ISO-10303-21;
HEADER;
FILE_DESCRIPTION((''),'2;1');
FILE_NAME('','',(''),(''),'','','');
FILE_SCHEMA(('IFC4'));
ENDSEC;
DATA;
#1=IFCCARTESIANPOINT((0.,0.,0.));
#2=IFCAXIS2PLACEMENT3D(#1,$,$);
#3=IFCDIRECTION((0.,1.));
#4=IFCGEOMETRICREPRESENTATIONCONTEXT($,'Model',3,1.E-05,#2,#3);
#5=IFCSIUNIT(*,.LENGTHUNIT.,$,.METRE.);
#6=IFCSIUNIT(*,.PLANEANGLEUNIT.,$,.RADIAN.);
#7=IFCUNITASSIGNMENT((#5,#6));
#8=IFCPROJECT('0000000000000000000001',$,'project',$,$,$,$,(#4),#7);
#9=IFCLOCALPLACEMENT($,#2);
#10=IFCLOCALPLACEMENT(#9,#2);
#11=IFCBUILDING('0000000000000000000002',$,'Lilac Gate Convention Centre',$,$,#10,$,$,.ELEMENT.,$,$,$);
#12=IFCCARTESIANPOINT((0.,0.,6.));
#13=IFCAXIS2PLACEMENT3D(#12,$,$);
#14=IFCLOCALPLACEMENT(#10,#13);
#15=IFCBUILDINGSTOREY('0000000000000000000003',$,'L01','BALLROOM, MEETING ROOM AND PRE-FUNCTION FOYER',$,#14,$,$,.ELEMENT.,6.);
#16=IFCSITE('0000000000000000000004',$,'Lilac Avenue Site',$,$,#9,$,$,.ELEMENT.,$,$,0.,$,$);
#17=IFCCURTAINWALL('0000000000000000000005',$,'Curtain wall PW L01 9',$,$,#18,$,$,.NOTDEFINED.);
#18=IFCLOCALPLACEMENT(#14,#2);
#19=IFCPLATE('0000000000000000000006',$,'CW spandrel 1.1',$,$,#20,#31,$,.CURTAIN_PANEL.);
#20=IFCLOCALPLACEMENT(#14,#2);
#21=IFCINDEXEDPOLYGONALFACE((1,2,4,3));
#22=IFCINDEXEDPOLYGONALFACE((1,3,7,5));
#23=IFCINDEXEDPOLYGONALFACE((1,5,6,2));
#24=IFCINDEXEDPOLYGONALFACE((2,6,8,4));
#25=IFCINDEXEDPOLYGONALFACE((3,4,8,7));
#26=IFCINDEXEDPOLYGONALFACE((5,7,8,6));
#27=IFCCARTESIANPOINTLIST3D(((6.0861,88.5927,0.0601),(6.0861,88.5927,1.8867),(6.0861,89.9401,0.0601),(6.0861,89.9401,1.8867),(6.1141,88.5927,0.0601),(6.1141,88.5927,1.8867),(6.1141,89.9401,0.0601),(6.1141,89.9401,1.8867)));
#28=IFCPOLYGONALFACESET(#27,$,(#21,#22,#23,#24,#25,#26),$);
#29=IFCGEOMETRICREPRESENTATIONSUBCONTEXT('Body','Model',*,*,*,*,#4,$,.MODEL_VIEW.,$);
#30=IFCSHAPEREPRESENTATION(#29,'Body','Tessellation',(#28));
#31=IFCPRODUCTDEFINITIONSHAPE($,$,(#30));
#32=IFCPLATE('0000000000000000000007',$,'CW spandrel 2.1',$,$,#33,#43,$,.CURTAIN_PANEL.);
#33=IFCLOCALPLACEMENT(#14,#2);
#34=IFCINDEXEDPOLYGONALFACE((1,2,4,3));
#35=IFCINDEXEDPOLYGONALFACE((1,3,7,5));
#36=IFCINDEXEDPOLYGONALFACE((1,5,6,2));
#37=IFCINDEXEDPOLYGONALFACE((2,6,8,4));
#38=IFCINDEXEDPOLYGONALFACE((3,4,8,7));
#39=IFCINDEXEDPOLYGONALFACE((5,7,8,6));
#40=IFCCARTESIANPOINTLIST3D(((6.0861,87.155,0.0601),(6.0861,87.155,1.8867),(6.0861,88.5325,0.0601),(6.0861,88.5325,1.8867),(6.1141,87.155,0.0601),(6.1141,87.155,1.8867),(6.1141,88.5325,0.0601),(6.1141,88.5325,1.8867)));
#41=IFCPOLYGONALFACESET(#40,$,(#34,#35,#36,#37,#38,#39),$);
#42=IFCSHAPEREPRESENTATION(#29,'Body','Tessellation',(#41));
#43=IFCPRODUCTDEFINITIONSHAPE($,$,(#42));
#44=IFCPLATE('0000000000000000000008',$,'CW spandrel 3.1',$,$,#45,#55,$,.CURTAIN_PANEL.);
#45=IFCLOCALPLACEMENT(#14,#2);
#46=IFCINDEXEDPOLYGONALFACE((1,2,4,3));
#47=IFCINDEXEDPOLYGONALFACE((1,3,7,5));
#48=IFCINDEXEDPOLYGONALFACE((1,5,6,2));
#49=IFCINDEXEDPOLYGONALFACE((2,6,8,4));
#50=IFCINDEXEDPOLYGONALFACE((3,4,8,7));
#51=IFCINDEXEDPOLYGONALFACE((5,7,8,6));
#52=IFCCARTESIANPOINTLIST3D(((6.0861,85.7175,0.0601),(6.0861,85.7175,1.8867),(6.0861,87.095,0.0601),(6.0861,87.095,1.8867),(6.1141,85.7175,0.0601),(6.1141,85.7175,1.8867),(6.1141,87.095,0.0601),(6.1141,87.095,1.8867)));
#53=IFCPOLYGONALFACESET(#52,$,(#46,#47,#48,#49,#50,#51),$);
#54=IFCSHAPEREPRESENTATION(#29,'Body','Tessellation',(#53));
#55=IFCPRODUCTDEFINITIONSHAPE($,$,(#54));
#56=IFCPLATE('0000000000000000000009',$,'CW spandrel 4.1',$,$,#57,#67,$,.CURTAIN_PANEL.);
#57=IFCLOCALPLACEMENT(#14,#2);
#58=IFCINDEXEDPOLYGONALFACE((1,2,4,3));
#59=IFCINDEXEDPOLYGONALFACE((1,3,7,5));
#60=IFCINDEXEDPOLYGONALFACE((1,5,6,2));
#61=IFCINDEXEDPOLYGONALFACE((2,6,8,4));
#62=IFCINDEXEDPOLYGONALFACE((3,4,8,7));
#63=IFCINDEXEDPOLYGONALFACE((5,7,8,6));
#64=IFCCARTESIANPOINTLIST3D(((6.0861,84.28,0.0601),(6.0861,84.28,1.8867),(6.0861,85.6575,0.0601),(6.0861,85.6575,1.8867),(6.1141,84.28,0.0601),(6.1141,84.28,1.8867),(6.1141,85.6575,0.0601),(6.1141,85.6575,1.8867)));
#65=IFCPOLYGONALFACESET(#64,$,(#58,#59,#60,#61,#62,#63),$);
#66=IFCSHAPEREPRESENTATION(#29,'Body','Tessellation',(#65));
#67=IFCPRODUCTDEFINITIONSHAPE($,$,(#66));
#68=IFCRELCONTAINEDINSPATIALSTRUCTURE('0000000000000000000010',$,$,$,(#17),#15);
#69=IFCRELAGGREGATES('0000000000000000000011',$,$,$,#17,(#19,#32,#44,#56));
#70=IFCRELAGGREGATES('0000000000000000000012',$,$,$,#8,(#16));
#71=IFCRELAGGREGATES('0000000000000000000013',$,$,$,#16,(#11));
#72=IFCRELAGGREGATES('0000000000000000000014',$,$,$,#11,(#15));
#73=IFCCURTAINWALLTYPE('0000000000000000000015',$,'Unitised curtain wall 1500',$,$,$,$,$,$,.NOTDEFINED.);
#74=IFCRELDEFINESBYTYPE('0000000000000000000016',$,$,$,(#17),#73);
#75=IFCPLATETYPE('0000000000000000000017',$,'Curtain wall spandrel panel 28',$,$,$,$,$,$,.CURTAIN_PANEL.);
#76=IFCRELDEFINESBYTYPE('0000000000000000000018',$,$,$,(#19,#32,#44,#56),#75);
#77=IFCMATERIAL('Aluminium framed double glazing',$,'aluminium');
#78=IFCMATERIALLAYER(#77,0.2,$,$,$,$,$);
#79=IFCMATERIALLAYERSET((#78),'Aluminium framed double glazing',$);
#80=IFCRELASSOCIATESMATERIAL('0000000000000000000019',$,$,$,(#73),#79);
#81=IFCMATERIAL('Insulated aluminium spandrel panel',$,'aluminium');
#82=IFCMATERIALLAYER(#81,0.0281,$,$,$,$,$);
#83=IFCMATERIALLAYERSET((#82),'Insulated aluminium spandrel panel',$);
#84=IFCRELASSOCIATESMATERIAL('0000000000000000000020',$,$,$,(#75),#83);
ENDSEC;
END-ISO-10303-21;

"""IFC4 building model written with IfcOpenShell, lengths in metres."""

from ifc_helpers import new_model, si_unit, direction, frame, origin, origin_2d, place, context, subcontext, project, spatial, rectangle, extrude, material, layer, layer_set, type_object, element, aggregate, save


model = new_model("IFC4")

# Units and contexts
model_context = context("Model", 3, precision=1e-05, world=origin(), true_north=direction((0.0, 1.0)))
body_context = subcontext(model_context, "Body", "Model", "MODEL_VIEW")
ifc_project = project(units=[si_unit("LENGTHUNIT", "METRE"), si_unit("PLANEANGLEUNIT", "RADIAN")], contexts=[model_context])

# Site, building, storey
site_placement = place(None, origin())
site = spatial("IfcSite", under=ifc_project, at=site_placement, Name="Lilac Avenue Site", CompositionType="ELEMENT", RefElevation=0.0)
building_placement = place(site_placement, origin())
building = spatial("IfcBuilding", under=site, at=building_placement, Name="Lilac Gate Convention Centre", CompositionType="ELEMENT")
storey_placement = place(building_placement, frame((0.0, 0.0, 6.0)))
storey = spatial("IfcBuildingStorey", under=building, at=storey_placement, Name="L01", Description="BALLROOM, MEETING ROOM AND PRE-FUNCTION FOYER", CompositionType="ELEMENT", Elevation=6.0)

# Curtain wall, plates
ifc_material_1 = material(Name="Aluminium framed double glazing", Category="aluminium")
ifc_layer_1 = layer(ifc_material_1, 0.2)
ifc_layer_set_1 = layer_set([ifc_layer_1], Name="Aluminium framed double glazing")
curtain_wall_type = type_object("IfcCurtainWallType", Name="Unitised curtain wall 1500", PredefinedType="NOTDEFINED", material=ifc_layer_set_1)
curtain_wall_placement = place(storey_placement, origin())
curtain_wall = element("IfcCurtainWall", 1, at=curtain_wall_placement, inside=storey, type_object=curtain_wall_type, Name="Curtain wall PW L01 9", PredefinedType="NOTDEFINED")
ifc_material_2 = material(Name="Insulated aluminium spandrel panel", Category="aluminium")
ifc_layer_2 = layer(ifc_material_2, 0.0281)
ifc_layer_set_2 = layer_set([ifc_layer_2], Name="Insulated aluminium spandrel panel")
plate_type_1 = type_object("IfcPlateType", Name="Curtain wall spandrel panel 28", PredefinedType="CURTAIN_PANEL", material=ifc_layer_set_2)
plate_1_placement = place(storey_placement, frame((6.1001, 89.2664, 0.0601), z_axis=(0.0, 0.0, 1.0), x_axis=(0.0, -1.0, 0.0)))
plate_1 = element("IfcPlate", 2, at=plate_1_placement, type_object=plate_type_1, Name="CW spandrel 1.1", PredefinedType="CURTAIN_PANEL", context=body_context, shape_type="SweptSolid", body=[
    extrude(rectangle(XDim=1.3474, YDim=0.0281, at=origin_2d()), origin(), (0.0, 0.0, 1.0), 1.8267),
])
plate_2_placement = place(storey_placement, frame((6.1001, 87.8438, 0.0601), z_axis=(0.0, 0.0, 1.0), x_axis=(0.0, -1.0, 0.0)))
plate_2 = element("IfcPlate", 3, at=plate_2_placement, type_object=plate_type_1, Name="CW spandrel 2.1", PredefinedType="CURTAIN_PANEL", context=body_context, shape_type="SweptSolid", body=[
    extrude(rectangle(XDim=1.3774, YDim=0.0281, at=origin_2d()), origin(), (0.0, 0.0, 1.0), 1.8267),
])
plate_3_placement = place(storey_placement, frame((6.1001, 86.4062, 0.0601), z_axis=(0.0, 0.0, 1.0), x_axis=(0.0, -1.0, 0.0)))
plate_3 = element("IfcPlate", 4, at=plate_3_placement, type_object=plate_type_1, Name="CW spandrel 3.1", PredefinedType="CURTAIN_PANEL", context=body_context, shape_type="SweptSolid", body=[
    extrude(rectangle(XDim=1.3774, YDim=0.0281, at=origin_2d()), origin(), (0.0, 0.0, 1.0), 1.8267),
])
plate_4_placement = place(storey_placement, frame((6.1001, 84.9688, 0.0601), z_axis=(0.0, 0.0, 1.0), x_axis=(0.0, -1.0, 0.0)))
plate_4 = element("IfcPlate", 5, at=plate_4_placement, type_object=plate_type_1, Name="CW spandrel 4.1", PredefinedType="CURTAIN_PANEL", context=body_context, shape_type="SweptSolid", body=[
    extrude(rectangle(XDim=1.3774, YDim=0.0281, at=origin_2d()), origin(), (0.0, 0.0, 1.0), 1.8267),
])
aggregate(curtain_wall, [plate_1, plate_2, plate_3, plate_4])

save(model, "model.ifc")
